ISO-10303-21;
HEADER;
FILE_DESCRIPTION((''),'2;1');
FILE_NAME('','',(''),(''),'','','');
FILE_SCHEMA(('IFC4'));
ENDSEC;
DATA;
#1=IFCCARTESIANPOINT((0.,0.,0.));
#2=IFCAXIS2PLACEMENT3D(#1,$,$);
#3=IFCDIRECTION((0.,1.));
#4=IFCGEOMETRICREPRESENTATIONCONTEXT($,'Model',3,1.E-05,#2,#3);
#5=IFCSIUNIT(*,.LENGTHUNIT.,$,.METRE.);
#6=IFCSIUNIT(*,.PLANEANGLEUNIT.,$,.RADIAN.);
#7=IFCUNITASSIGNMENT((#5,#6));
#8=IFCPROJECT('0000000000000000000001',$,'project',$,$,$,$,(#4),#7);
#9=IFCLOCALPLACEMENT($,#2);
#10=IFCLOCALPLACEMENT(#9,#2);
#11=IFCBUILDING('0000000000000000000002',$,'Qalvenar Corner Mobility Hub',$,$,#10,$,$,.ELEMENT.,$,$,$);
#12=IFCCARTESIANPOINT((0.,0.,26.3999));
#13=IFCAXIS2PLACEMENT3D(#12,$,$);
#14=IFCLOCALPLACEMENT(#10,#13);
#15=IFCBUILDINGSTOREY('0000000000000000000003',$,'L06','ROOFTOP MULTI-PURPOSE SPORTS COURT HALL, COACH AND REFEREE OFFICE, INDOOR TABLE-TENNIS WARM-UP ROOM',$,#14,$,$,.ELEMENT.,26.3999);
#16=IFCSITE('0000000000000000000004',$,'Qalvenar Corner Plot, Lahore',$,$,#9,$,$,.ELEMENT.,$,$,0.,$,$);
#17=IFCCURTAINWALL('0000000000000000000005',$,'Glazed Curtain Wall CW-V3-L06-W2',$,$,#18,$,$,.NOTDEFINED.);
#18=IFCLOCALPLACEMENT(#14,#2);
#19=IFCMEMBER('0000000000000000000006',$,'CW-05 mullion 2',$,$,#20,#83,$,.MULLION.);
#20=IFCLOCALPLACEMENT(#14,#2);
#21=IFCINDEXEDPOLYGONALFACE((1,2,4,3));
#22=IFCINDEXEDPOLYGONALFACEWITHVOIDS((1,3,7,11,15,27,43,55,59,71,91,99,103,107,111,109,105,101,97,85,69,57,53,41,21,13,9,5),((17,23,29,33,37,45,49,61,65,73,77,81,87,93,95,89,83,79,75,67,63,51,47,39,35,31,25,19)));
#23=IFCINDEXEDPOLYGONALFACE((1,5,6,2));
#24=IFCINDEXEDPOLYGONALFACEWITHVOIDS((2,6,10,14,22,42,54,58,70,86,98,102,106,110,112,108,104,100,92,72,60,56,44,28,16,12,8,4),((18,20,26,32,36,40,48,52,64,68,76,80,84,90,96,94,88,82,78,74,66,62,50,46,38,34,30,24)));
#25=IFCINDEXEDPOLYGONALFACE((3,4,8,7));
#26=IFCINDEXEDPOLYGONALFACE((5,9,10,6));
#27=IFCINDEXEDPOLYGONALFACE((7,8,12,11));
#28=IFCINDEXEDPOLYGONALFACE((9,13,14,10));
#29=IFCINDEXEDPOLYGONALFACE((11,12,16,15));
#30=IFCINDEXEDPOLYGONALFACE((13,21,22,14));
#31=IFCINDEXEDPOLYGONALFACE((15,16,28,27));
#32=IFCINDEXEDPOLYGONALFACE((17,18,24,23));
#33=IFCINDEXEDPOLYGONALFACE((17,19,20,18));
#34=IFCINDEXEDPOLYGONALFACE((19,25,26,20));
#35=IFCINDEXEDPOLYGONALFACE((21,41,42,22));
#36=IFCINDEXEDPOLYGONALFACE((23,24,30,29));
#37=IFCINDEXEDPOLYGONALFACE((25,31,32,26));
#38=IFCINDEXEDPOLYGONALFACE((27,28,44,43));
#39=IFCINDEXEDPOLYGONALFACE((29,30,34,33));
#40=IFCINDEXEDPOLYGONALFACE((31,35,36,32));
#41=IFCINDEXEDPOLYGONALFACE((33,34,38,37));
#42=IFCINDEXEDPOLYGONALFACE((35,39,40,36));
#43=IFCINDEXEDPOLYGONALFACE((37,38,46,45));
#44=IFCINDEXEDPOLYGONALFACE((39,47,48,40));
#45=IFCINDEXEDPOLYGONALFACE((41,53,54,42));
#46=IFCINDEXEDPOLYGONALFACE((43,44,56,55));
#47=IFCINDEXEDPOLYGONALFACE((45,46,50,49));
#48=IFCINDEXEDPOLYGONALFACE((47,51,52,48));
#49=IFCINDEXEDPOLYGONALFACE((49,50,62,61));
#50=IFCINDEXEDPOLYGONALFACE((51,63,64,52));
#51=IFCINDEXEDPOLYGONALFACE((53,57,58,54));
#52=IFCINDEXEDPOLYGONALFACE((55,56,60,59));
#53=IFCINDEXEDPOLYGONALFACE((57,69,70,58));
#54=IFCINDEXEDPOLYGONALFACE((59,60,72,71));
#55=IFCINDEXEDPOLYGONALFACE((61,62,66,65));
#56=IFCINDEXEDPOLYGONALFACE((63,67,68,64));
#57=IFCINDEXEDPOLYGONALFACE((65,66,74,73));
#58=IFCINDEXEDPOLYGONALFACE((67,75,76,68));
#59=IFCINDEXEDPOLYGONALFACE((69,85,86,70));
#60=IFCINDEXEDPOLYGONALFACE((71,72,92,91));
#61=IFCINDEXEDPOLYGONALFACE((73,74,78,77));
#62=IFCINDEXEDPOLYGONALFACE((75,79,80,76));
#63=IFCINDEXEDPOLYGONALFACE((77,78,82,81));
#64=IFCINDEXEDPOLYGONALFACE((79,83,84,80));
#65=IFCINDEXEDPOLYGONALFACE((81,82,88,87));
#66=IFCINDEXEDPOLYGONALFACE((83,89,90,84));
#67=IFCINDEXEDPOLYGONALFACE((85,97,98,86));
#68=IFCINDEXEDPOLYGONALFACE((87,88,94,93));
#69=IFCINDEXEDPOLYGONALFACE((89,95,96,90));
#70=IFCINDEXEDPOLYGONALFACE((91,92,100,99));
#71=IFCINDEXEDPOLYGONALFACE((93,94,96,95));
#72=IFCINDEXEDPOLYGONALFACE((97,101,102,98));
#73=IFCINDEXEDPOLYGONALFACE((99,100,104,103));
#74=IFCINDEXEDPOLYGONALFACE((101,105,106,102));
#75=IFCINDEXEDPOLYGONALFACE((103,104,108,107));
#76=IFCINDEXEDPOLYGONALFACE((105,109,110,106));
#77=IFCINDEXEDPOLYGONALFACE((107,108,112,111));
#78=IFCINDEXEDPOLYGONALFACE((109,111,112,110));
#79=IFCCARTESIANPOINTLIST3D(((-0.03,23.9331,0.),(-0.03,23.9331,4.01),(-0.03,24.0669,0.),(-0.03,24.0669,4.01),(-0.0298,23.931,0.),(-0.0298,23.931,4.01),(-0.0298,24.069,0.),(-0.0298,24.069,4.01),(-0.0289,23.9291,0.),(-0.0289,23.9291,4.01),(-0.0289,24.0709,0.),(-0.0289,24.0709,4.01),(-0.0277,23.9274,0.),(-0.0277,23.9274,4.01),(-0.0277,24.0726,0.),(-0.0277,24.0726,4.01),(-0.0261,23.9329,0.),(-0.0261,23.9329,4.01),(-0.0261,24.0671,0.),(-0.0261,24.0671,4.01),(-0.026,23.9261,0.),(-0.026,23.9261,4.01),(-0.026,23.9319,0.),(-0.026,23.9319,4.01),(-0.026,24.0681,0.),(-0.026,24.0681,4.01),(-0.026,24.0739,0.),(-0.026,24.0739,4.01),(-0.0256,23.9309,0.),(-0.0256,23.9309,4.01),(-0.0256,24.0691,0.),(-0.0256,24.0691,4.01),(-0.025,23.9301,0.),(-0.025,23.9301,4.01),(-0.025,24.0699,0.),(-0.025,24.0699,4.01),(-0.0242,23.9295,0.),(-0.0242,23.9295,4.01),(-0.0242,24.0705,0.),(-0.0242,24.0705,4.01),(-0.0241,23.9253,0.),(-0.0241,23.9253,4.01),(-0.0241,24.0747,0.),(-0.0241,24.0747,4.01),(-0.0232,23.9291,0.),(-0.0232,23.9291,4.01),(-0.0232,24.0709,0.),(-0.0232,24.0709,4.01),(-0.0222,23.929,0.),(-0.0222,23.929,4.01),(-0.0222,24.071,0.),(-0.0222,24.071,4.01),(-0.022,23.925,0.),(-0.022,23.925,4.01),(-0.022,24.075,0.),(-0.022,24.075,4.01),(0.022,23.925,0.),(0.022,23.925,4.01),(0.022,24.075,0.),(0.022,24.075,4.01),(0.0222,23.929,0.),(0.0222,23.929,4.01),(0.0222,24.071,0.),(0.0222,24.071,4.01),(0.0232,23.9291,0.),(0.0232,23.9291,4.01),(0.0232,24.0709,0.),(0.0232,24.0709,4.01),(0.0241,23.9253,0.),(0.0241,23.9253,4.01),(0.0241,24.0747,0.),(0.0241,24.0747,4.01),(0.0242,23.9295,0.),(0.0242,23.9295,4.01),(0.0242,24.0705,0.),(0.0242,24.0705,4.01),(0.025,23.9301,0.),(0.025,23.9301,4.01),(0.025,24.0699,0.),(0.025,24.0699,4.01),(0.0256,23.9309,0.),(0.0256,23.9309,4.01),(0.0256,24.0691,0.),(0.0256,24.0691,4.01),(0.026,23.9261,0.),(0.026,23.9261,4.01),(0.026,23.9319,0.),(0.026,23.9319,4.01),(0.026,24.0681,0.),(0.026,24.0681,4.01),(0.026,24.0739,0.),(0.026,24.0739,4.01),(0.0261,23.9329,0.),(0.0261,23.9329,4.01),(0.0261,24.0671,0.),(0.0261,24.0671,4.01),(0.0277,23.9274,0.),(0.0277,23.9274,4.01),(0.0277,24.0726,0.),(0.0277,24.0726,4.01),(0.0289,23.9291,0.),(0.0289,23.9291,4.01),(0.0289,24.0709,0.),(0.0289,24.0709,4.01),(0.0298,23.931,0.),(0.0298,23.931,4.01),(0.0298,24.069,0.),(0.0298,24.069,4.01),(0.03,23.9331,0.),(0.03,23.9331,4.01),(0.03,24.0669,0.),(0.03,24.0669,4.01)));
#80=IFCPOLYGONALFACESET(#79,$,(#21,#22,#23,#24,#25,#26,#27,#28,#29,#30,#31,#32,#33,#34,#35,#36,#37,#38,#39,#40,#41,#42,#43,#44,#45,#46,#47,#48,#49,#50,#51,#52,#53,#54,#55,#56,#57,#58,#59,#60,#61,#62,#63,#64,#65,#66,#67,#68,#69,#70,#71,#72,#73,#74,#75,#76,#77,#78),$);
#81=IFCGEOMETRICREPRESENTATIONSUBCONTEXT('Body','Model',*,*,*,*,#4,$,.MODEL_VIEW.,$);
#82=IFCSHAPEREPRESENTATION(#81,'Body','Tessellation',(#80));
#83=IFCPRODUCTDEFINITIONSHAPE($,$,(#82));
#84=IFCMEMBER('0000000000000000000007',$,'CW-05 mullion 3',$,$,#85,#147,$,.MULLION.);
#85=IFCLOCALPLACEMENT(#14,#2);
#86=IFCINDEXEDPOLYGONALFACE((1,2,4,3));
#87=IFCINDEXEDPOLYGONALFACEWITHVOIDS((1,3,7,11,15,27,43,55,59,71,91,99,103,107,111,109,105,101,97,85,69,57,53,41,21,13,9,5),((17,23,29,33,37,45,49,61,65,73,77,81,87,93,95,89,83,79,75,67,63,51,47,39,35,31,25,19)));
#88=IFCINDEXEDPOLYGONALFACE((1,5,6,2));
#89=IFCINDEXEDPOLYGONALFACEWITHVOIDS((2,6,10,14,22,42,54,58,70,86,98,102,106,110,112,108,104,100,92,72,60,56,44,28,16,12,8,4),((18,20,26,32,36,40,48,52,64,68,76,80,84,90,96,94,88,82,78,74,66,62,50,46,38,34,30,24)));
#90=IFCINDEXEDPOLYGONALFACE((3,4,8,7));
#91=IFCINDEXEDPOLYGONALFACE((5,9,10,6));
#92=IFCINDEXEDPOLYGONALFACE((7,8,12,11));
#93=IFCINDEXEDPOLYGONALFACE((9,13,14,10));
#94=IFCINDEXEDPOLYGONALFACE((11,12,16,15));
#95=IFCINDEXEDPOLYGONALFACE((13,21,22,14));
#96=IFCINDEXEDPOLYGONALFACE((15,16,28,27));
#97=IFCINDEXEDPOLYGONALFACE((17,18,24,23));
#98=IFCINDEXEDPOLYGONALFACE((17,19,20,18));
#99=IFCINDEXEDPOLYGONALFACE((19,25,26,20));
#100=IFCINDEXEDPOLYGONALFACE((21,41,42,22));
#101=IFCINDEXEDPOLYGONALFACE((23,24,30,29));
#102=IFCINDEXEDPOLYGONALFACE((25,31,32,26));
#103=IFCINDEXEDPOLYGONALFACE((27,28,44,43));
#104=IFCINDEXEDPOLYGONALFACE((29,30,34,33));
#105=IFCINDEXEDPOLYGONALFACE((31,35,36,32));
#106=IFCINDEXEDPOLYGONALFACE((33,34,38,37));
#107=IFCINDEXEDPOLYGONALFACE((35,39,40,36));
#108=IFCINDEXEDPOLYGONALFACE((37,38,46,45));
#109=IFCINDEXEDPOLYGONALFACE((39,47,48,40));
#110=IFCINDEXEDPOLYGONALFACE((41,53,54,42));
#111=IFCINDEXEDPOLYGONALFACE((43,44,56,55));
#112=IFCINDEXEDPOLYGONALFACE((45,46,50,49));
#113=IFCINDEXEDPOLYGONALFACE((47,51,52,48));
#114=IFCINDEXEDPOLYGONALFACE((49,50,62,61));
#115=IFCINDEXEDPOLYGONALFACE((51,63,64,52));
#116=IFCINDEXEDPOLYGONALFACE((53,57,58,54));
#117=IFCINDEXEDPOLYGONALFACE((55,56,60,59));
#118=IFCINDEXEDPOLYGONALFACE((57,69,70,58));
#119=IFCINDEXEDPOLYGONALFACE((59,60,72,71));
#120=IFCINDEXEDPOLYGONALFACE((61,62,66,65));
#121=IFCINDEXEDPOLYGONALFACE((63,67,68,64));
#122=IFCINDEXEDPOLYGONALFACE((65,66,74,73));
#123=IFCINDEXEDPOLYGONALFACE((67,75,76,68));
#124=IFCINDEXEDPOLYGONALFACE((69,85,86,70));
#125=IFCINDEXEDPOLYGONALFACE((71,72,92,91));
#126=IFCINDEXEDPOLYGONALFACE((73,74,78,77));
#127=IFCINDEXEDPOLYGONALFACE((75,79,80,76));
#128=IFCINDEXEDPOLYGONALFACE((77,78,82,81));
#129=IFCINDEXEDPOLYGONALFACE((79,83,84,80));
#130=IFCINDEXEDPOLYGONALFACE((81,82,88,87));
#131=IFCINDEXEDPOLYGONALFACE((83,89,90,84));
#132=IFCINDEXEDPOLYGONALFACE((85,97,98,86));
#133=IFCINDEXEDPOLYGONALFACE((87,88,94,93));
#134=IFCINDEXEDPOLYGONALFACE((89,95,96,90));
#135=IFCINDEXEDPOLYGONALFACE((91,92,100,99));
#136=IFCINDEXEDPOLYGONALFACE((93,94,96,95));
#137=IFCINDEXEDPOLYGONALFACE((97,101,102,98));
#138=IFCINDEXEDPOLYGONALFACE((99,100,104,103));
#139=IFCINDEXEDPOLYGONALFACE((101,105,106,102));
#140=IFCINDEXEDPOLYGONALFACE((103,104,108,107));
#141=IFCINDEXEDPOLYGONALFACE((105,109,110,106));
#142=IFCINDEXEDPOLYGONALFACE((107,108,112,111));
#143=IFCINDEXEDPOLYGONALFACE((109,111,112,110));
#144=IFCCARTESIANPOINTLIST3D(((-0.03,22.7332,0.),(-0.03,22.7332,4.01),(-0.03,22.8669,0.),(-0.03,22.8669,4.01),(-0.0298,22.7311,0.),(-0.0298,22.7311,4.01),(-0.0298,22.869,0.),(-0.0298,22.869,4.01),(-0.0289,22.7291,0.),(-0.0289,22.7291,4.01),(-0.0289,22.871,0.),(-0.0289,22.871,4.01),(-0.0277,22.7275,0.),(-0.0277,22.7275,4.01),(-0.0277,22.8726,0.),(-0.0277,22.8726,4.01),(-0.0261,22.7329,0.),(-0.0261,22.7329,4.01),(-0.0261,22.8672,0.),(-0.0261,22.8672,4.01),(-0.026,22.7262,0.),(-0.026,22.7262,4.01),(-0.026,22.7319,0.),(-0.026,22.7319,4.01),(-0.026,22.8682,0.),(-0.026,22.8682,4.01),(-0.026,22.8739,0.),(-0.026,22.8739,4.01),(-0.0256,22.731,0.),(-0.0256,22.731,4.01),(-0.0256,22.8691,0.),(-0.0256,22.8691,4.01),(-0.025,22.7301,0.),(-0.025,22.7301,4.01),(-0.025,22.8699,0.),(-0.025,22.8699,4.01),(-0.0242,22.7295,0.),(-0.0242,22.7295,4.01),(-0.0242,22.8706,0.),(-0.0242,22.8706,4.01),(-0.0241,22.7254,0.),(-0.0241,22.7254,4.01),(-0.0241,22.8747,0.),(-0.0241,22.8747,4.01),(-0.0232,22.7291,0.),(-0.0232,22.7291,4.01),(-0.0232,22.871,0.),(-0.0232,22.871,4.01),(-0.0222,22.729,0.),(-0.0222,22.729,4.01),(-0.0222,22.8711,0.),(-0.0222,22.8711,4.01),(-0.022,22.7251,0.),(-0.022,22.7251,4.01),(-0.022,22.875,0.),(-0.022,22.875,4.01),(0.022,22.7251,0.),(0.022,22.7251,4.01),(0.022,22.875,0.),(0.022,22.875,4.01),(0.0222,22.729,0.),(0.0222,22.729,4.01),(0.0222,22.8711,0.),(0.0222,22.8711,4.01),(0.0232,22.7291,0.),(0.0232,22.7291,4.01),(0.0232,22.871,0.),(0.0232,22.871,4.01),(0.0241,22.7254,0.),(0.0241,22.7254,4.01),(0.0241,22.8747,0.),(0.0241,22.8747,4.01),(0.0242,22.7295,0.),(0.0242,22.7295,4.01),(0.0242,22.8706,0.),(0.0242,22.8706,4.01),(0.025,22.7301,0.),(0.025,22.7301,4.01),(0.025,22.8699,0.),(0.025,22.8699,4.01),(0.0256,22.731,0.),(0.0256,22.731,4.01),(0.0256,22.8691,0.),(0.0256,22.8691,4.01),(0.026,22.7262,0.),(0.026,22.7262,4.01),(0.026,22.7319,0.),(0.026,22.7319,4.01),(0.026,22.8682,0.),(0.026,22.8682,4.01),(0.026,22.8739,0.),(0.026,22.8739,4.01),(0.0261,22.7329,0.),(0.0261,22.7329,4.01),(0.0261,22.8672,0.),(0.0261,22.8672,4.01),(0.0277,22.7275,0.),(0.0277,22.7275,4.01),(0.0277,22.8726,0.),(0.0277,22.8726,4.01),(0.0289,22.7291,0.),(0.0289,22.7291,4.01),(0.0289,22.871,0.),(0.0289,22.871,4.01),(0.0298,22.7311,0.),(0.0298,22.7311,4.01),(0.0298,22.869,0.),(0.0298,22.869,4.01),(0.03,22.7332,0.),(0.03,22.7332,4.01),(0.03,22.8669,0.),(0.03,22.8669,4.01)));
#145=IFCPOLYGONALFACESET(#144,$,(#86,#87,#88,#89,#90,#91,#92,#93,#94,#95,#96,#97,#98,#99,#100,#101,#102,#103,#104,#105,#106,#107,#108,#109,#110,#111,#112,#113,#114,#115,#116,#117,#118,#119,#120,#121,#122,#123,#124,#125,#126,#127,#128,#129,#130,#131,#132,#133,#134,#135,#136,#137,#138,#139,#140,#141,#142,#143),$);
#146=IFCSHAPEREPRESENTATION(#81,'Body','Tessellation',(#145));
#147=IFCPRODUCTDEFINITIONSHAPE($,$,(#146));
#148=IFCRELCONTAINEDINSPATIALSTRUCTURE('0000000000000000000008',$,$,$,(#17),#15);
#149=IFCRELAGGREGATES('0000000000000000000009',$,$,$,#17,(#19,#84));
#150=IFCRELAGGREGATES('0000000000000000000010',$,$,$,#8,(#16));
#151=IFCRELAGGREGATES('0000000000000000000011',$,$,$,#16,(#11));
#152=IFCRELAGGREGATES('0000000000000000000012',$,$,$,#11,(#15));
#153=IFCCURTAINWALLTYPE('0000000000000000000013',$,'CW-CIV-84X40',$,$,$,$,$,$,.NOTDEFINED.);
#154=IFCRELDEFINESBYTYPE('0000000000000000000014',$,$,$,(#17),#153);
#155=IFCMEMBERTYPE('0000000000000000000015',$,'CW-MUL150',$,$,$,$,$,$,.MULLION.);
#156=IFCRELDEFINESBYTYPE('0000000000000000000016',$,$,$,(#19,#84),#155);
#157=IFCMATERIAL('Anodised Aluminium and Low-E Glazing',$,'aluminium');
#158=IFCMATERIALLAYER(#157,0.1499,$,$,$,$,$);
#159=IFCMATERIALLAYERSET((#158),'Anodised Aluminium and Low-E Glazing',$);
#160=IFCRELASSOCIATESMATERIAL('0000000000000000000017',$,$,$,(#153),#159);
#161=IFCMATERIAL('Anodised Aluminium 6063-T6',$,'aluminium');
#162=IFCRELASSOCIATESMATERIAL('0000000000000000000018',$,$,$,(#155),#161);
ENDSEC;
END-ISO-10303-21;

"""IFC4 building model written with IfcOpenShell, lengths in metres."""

from ifc_helpers import new_model, si_unit, direction, frame, origin, origin_2d, place, context, subcontext, project, spatial, hollow_rectangle, extrude, material, layer, layer_set, material_profile, profile_set, type_object, element, aggregate, save


model = new_model("IFC4")

# Units and contexts
model_context = context("Model", 3, precision=1e-05, world=origin(), true_north=direction((0.0, 1.0)))
body_context = subcontext(model_context, "Body", "Model", "MODEL_VIEW")
ifc_project = project(units=[si_unit("LENGTHUNIT", "METRE"), si_unit("PLANEANGLEUNIT", "RADIAN")], contexts=[model_context])

# Site, building, storey
site_placement = place(None, origin())
site = spatial("IfcSite", under=ifc_project, at=site_placement, Name="Qalvenar Corner Plot, Lahore", CompositionType="ELEMENT", RefElevation=0.0)
building_placement = place(site_placement, origin())
building = spatial("IfcBuilding", under=site, at=building_placement, Name="Qalvenar Corner Mobility Hub", CompositionType="ELEMENT")
storey_placement = place(building_placement, frame((0.0, 0.0, 26.3999)))
storey = spatial("IfcBuildingStorey", under=building, at=storey_placement, Name="L06", Description="ROOFTOP MULTI-PURPOSE SPORTS COURT HALL, COACH AND REFEREE OFFICE, INDOOR TABLE-TENNIS WARM-UP ROOM", CompositionType="ELEMENT", Elevation=26.3999)

# Curtain wall, members
ifc_material_1 = material(Name="Anodised Aluminium and Low-E Glazing", Category="aluminium")
ifc_layer_1 = layer(ifc_material_1, 0.1499)
ifc_layer_set_1 = layer_set([ifc_layer_1], Name="Anodised Aluminium and Low-E Glazing")
curtain_wall_type = type_object("IfcCurtainWallType", Name="CW-CIV-84X40", PredefinedType="NOTDEFINED", material=ifc_layer_set_1)
curtain_wall_placement = place(storey_placement, origin())
curtain_wall = element("IfcCurtainWall", 1, at=curtain_wall_placement, inside=storey, type_object=curtain_wall_type, Name="Glazed Curtain Wall CW-V3-L06-W2", PredefinedType="NOTDEFINED")
ifc_material_2 = material(Name="Anodised Aluminium 6063-T6", Category="aluminium")
ifc_material_profile_1 = material_profile(ifc_material_2, hollow_rectangle(XDim=0.0601, YDim=0.1499, WallThickness=0.0039, InnerFilletRadius=0.0039, OuterFilletRadius=0.0081, at=origin_2d()), Name="RHS150x60x4")
ifc_profile_set_1 = profile_set([ifc_material_profile_1], Name="Anodised Aluminium 6063-T6")
member_type_1 = type_object("IfcMemberType", Name="CW-MUL150", PredefinedType="MULLION", material=ifc_profile_set_1)
member_1_placement = place(storey_placement, frame((0.0, 24.0, 0.0), z_axis=(0.0, 0.0, 1.0), x_axis=(1.0, 0.0, 0.0)))
member_1 = element("IfcMember", 2, at=member_1_placement, type_object=member_type_1, Name="CW-05 mullion 2", PredefinedType="MULLION", context=body_context, shape_type="SweptSolid", body=[
    extrude(hollow_rectangle(XDim=0.0601, YDim=0.1499, WallThickness=0.0039, InnerFilletRadius=0.0039, OuterFilletRadius=0.0081, at=origin_2d()), origin(), (0.0, 0.0, 1.0), 4.01),
])
member_2_placement = place(storey_placement, frame((0.0, 22.8, 0.0), z_axis=(0.0, 0.0, 1.0), x_axis=(1.0, 0.0, 0.0)))
member_2 = element("IfcMember", 3, at=member_2_placement, type_object=member_type_1, Name="CW-05 mullion 3", PredefinedType="MULLION", context=body_context, shape_type="SweptSolid", body=[
    extrude(hollow_rectangle(XDim=0.0601, YDim=0.1499, WallThickness=0.0039, InnerFilletRadius=0.0039, OuterFilletRadius=0.0081, at=origin_2d()), origin(), (0.0, 0.0, 1.0), 4.01),
])

aggregate(curtain_wall, [member_1, member_2])

save(model, "model.ifc")
